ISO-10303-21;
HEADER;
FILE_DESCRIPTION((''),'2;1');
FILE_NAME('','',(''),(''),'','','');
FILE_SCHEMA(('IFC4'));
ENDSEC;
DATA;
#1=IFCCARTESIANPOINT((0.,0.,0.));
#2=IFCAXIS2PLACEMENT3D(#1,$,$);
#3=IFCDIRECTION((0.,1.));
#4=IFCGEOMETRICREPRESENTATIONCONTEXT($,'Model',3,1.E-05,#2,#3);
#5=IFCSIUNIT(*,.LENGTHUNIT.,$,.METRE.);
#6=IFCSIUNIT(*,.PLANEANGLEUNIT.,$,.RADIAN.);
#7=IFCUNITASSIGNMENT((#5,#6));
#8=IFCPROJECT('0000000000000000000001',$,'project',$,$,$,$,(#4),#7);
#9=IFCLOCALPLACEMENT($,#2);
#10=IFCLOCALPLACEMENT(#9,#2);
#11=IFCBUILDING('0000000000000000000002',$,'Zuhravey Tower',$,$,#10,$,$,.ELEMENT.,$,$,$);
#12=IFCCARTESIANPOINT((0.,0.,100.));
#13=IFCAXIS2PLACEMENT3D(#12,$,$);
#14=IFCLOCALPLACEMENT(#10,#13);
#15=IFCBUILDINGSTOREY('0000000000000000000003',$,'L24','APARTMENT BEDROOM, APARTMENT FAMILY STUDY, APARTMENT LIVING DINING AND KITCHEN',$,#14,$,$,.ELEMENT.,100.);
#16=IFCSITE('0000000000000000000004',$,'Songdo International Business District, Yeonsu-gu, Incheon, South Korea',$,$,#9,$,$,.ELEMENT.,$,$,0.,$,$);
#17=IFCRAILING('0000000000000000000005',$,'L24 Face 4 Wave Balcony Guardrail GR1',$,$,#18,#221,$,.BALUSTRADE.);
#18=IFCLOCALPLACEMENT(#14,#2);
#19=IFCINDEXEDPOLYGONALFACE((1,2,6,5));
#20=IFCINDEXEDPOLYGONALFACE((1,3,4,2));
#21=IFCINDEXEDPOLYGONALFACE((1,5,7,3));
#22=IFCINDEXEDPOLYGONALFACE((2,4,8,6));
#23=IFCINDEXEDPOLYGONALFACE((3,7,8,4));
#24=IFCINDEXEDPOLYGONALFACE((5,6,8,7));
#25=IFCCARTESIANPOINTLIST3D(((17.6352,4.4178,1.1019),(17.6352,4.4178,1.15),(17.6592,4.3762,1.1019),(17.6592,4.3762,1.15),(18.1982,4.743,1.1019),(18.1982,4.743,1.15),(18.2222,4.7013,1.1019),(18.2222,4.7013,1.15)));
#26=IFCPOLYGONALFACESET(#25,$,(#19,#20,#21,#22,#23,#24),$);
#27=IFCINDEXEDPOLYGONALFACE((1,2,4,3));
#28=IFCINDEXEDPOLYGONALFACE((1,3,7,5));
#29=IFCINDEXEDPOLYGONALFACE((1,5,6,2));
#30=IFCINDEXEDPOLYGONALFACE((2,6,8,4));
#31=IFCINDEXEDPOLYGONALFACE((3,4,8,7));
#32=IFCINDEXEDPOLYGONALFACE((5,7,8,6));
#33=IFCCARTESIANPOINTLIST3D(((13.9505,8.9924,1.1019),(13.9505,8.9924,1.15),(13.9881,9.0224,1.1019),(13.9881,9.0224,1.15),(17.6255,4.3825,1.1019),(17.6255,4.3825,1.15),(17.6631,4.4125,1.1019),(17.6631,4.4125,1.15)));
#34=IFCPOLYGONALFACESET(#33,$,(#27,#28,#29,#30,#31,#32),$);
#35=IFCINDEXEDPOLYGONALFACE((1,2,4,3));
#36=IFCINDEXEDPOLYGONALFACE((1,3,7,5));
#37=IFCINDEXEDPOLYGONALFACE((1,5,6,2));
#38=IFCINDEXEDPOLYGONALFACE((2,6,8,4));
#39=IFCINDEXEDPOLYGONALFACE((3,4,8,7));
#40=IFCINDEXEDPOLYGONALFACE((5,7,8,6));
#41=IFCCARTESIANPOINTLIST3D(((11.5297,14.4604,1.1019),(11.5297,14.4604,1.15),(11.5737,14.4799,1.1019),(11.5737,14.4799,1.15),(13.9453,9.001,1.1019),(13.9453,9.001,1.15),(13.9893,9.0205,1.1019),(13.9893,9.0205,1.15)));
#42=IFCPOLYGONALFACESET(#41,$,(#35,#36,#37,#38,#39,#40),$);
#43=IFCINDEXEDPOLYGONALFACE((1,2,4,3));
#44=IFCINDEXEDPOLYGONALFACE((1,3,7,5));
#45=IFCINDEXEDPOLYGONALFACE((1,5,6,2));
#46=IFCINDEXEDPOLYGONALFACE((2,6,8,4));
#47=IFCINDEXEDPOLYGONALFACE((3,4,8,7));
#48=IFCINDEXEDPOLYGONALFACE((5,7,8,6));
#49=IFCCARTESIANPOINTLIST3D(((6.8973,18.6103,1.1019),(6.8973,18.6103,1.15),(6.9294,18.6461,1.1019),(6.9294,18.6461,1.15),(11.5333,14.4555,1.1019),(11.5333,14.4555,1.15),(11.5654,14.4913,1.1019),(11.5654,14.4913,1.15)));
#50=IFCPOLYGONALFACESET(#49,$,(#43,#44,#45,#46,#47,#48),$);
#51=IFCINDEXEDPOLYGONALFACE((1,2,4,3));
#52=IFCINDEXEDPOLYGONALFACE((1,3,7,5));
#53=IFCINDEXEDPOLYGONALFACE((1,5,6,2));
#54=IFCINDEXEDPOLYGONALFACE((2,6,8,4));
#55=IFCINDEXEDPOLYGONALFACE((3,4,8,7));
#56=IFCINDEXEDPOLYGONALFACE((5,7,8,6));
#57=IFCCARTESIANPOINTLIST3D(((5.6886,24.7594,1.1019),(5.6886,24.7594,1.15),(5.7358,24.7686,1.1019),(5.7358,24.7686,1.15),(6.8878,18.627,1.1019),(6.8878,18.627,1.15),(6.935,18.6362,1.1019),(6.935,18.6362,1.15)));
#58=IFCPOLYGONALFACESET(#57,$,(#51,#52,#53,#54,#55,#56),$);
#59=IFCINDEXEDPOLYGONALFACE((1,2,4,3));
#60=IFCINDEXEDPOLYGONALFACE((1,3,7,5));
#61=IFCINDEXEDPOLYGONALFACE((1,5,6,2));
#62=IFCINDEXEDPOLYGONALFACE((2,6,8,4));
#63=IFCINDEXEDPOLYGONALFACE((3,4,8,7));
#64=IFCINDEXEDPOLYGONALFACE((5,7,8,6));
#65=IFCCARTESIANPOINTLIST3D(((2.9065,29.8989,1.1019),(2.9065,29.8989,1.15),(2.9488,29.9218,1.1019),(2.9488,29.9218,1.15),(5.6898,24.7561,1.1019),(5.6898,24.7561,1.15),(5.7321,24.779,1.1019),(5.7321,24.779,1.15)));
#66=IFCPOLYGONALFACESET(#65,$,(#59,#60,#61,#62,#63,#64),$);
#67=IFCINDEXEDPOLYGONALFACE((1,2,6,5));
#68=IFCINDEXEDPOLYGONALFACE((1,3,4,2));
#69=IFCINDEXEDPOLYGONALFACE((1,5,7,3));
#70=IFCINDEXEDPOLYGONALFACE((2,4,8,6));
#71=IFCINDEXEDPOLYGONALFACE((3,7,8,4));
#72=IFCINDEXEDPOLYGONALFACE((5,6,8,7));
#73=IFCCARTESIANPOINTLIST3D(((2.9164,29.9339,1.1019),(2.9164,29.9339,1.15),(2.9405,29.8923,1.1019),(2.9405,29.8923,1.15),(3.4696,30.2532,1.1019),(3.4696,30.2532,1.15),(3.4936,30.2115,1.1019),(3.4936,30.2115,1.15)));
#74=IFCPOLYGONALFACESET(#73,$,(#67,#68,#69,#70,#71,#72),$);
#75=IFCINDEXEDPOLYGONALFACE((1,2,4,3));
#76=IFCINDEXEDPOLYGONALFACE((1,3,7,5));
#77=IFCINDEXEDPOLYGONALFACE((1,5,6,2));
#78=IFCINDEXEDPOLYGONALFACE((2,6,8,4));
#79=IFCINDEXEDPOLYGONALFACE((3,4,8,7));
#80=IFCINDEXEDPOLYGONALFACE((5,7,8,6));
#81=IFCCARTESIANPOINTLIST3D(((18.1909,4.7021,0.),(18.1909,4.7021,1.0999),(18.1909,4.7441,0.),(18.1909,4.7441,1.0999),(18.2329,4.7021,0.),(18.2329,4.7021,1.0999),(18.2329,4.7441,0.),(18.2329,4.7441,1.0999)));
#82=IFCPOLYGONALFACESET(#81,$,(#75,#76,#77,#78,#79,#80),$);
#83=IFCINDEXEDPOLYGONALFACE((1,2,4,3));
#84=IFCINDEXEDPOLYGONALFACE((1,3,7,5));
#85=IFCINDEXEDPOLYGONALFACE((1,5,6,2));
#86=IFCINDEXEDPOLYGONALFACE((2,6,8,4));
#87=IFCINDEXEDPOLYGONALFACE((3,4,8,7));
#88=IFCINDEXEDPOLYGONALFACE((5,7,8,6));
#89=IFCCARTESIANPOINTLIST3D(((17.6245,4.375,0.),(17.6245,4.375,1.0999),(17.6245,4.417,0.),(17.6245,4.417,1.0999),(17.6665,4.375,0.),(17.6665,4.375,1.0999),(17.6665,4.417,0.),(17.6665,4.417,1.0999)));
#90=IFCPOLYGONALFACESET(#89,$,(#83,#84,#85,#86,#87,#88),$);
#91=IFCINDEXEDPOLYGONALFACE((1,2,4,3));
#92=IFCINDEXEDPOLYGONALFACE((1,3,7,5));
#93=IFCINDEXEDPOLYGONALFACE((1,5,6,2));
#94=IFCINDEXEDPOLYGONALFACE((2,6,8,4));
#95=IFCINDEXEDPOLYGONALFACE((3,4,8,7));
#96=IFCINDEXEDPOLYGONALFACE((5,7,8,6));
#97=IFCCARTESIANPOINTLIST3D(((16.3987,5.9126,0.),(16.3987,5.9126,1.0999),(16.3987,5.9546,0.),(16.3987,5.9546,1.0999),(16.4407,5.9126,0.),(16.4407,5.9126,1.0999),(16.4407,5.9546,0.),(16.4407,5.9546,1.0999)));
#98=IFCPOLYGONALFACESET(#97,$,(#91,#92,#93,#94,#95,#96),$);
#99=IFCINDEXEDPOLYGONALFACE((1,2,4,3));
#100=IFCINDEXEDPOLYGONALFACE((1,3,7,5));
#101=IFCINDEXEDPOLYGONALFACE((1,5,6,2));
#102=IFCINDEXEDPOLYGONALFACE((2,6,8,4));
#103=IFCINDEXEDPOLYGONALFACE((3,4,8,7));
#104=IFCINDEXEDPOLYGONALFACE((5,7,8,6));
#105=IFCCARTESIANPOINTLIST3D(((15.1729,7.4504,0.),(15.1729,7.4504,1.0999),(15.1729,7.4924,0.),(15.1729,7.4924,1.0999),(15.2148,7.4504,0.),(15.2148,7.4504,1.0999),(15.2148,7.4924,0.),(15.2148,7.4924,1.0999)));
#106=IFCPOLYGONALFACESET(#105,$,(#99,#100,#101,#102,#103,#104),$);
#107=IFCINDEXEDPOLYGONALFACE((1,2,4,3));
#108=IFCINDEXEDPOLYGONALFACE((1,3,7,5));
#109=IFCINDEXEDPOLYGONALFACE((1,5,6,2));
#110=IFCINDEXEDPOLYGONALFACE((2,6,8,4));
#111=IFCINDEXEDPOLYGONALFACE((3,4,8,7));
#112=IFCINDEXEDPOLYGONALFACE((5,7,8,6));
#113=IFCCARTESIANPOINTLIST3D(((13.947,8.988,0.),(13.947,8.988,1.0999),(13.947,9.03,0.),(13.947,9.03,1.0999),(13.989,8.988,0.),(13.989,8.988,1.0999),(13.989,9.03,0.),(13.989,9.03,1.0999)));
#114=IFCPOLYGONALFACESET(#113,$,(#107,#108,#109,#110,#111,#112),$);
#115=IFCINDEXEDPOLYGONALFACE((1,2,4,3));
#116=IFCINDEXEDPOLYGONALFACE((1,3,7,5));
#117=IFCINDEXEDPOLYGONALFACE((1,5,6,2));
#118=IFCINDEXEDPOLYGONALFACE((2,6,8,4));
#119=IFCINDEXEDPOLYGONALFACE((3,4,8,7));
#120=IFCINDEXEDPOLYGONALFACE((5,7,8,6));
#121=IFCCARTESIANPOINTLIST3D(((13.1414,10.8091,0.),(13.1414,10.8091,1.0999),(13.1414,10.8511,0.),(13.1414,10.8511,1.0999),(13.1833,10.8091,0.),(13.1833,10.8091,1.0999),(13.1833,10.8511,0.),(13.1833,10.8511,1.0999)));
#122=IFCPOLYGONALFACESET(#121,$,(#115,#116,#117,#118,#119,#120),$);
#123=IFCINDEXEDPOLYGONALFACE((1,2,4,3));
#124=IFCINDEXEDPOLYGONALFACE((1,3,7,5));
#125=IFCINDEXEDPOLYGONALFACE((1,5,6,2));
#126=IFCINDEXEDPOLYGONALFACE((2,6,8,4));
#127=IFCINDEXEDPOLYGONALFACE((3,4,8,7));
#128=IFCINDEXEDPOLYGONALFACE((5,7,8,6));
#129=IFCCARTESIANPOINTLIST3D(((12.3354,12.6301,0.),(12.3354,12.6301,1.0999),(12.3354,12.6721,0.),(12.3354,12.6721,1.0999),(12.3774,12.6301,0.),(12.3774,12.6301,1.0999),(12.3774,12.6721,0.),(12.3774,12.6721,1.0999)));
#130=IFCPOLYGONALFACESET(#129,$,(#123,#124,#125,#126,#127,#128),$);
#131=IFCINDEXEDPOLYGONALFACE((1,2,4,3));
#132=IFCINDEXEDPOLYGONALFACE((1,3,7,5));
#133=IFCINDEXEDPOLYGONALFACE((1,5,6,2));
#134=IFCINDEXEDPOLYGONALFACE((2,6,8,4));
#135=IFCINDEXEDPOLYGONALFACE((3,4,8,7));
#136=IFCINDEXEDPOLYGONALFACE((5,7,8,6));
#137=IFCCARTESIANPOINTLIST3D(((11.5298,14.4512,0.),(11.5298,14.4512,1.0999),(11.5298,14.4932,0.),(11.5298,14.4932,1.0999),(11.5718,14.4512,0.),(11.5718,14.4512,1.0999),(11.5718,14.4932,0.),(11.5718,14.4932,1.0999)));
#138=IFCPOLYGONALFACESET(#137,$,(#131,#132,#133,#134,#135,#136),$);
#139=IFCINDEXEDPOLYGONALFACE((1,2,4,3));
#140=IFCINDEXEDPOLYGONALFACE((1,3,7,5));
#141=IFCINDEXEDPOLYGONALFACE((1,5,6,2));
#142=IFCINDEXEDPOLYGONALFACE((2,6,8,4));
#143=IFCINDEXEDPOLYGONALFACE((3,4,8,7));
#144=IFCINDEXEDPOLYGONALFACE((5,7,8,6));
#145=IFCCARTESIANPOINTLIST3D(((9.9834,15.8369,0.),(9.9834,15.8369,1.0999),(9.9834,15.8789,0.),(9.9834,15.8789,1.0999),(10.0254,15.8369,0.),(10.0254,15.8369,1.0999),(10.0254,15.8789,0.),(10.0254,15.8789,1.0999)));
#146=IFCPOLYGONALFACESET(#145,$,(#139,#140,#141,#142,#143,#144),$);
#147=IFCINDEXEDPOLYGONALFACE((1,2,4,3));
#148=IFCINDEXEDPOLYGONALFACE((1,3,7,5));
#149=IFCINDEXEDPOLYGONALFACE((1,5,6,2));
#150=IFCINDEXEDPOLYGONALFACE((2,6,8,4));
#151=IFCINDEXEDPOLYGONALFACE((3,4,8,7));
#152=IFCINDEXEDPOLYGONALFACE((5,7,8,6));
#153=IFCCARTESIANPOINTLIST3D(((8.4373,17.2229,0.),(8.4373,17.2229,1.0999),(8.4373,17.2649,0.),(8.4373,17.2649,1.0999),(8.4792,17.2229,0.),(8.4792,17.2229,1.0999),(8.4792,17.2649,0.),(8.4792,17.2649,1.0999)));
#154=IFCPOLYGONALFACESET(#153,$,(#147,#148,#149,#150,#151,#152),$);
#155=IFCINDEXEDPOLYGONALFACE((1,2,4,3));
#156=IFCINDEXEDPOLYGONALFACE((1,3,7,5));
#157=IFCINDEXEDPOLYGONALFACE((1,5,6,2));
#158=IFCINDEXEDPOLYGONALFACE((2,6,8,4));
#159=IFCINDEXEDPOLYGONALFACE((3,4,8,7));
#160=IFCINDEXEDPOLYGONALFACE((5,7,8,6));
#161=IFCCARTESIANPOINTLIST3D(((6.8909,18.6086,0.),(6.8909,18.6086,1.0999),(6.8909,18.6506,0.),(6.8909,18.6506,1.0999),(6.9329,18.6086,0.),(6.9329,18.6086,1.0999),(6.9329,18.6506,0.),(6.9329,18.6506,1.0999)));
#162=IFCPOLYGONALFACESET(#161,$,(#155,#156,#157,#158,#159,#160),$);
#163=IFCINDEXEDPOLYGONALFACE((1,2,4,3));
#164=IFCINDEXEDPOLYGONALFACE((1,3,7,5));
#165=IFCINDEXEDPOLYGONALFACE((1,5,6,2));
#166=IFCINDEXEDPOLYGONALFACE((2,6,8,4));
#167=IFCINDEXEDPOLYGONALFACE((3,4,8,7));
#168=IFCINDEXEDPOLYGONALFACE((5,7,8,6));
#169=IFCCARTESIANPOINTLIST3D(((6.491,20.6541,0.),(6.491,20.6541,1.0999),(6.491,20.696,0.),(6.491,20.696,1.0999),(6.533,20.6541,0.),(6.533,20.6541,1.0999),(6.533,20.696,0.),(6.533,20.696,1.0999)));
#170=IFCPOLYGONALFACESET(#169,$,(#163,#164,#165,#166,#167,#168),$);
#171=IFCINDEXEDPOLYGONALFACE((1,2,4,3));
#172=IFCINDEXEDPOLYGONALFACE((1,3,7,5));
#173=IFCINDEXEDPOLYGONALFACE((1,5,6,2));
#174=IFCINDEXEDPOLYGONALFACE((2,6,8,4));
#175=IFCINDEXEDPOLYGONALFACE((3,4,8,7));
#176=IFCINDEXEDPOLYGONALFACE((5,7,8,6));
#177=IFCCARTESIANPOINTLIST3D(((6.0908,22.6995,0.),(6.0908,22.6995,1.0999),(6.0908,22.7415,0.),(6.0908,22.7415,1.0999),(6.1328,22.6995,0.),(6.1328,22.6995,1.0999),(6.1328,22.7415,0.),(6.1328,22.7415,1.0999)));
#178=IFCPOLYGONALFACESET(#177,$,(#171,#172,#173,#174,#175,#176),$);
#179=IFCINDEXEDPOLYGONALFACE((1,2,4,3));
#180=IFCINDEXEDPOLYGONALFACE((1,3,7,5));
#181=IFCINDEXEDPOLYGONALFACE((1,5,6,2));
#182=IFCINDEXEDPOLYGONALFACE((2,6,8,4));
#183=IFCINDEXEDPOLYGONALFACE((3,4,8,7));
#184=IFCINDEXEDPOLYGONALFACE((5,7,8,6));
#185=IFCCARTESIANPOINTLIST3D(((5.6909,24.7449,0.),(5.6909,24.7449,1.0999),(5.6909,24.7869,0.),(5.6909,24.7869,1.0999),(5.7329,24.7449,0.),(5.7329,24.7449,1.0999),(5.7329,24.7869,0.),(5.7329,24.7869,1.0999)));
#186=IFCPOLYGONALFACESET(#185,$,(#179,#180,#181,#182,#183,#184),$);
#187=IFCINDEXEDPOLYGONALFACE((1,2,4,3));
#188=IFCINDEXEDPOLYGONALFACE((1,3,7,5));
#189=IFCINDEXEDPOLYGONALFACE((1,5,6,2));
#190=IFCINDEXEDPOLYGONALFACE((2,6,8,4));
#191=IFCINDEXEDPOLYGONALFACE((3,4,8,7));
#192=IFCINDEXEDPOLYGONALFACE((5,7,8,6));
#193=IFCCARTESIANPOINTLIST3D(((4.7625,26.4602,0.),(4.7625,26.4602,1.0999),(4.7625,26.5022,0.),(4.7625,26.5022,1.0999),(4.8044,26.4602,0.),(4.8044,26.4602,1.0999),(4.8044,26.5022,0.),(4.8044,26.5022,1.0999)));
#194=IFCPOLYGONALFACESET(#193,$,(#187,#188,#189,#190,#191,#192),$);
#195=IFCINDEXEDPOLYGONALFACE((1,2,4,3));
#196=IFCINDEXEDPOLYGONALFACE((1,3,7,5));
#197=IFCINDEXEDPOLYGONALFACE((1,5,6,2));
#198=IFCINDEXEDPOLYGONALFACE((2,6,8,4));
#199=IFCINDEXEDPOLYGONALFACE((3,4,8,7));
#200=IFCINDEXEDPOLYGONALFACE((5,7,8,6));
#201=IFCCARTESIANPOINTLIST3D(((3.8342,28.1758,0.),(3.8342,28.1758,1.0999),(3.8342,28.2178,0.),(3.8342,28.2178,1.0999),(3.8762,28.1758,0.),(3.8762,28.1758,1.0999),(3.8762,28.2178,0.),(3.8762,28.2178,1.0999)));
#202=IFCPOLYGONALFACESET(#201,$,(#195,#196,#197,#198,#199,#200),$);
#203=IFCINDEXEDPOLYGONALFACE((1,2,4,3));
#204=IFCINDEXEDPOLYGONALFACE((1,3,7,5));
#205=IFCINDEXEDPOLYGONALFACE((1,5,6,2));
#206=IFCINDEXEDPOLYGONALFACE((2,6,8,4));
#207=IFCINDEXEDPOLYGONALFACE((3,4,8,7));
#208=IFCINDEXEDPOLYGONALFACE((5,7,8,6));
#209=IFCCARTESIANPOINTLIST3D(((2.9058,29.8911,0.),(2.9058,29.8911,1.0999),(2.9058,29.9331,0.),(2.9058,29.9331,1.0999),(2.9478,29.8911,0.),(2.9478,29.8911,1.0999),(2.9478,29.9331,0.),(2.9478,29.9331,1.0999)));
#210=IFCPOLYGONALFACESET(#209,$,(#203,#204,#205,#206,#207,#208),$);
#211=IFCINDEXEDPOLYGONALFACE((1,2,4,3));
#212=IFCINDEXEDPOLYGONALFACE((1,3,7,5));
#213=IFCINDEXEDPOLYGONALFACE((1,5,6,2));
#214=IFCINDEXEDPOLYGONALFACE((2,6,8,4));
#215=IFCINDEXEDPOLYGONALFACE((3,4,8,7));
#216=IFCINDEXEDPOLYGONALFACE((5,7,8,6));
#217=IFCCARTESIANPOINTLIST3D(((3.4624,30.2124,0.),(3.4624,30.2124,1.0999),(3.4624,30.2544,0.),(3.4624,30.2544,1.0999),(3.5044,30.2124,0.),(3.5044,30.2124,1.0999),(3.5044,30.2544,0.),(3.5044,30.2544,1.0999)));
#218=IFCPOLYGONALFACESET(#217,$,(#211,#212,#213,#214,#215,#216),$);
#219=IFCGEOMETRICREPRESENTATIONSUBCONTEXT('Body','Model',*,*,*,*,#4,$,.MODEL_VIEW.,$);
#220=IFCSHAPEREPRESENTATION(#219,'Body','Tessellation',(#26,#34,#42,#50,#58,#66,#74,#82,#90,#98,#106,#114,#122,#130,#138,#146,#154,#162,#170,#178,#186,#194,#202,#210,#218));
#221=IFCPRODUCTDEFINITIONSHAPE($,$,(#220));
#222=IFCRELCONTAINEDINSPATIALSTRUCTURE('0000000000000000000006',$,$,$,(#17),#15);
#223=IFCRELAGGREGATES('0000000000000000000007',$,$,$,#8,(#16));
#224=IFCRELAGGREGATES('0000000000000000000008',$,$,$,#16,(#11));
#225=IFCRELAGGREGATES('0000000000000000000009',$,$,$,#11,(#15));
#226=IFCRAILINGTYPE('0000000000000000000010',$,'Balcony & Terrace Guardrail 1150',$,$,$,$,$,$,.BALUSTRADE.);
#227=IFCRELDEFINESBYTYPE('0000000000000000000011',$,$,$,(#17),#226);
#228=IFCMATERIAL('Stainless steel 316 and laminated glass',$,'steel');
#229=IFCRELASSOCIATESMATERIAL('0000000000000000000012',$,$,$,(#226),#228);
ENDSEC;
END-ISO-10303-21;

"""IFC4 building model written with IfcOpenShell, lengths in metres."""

from ifc_helpers import new_model, si_unit, direction, frame, origin, origin_2d, place, context, subcontext, project, spatial, rectangle, extrude, material, type_object, element, save


model = new_model("IFC4")

# Units and contexts
model_context = context("Model", 3, precision=1e-05, world=origin(), true_north=direction((0.0, 1.0)))
body_context = subcontext(model_context, "Body", "Model", "MODEL_VIEW")
ifc_project = project(units=[si_unit("LENGTHUNIT", "METRE"), si_unit("PLANEANGLEUNIT", "RADIAN")], contexts=[model_context])

# Site, building, storey
site_placement = place(None, origin())
site = spatial("IfcSite", under=ifc_project, at=site_placement, Name="Songdo International Business District, Yeonsu-gu, Incheon, South Korea", CompositionType="ELEMENT", RefElevation=0.0)
building_placement = place(site_placement, origin())
building = spatial("IfcBuilding", under=site, at=building_placement, Name="Zuhravey Tower", CompositionType="ELEMENT")
storey_placement = place(building_placement, frame((0.0, 0.0, 100.0)))
storey = spatial("IfcBuildingStorey", under=building, at=storey_placement, Name="L24", Description="APARTMENT BEDROOM, APARTMENT FAMILY STUDY, APARTMENT LIVING DINING AND KITCHEN", CompositionType="ELEMENT", Elevation=100.0)

# Railing
ifc_material_1 = material(Name="Stainless steel 316 and laminated glass", Category="steel")
railing_type = type_object("IfcRailingType", Name="Balcony & Terrace Guardrail 1150", PredefinedType="BALUSTRADE", material=ifc_material_1)
railing_placement = place(storey_placement, frame((18.2119, 4.7231, 0.0)))
element("IfcRailing", 1, at=railing_placement, inside=storey, type_object=railing_type, Name="L24 Face 4 Wave Balcony Guardrail GR1", PredefinedType="BALUSTRADE", context=body_context, shape_type="SweptSolid", body=[
    extrude(rectangle(XDim=0.0481, YDim=0.0481, at=origin_2d()), frame((-0.0017, -0.001, 1.126), z_axis=(-0.865937, -0.500153, 0.0), x_axis=(0.500153, -0.865937, 0.0)), (0.0, 0.0, 1.0), 0.6501),
    extrude(rectangle(XDim=0.0481, YDim=0.0481, at=origin_2d()), frame((-0.5676, -0.3257, 1.126), z_axis=(-0.623357, 0.781938, 0.0), x_axis=(-0.781938, -0.623357, 0.0)), (0.0, 0.0, 1.0), 5.8955),
    extrude(rectangle(XDim=0.0481, YDim=0.0481, at=origin_2d()), frame((-4.2446, 4.2876, 1.126), z_axis=(-0.404625, 0.914483, 0.0), x_axis=(-0.914483, -0.404625, 0.0)), (0.0, 0.0, 1.0), 5.97),
    extrude(rectangle(XDim=0.0481, YDim=0.0481, at=origin_2d()), frame((-6.6626, 9.7502, 1.126), z_axis=(-0.744694, 0.667406, 0.0), x_axis=(-0.667406, -0.744694, 0.0)), (0.0, 0.0, 1.0), 6.2253),
    extrude(rectangle(XDim=0.0481, YDim=0.0481, at=origin_2d()), frame((-11.3005, 13.9084, 1.126), z_axis=(-0.191917, 0.981411, 0.0), x_axis=(-0.981411, -0.191917, 0.0)), (0.0, 0.0, 1.0), 6.2485),
    extrude(rectangle(XDim=0.0481, YDim=0.0481, at=origin_2d()), frame((-12.501, 20.0444, 1.126), z_axis=(-0.475967, 0.879463, 0.0), x_axis=(-0.879463, -0.475967, 0.0)), (0.0, 0.0, 1.0), 5.8477),
    extrude(rectangle(XDim=0.0481, YDim=0.0481, at=origin_2d()), frame((-15.2834, 25.1899, 1.126), z_axis=(0.866084, 0.499898, 0.0), x_axis=(-0.499898, 0.866084, 0.0)), (0.0, 0.0, 1.0), 0.6387),
    extrude(rectangle(XDim=0.042, YDim=0.042, at=origin_2d()), origin(), (0.0, 0.0, 1.0), 1.0999),
    extrude(rectangle(XDim=0.042, YDim=0.042, at=origin_2d()), frame((-0.5664, -0.3271, 0.0)), (0.0, 0.0, 1.0), 1.0999),
    extrude(rectangle(XDim=0.042, YDim=0.042, at=origin_2d()), frame((-1.7922, 1.2104, 0.0)), (0.0, 0.0, 1.0), 1.0999),
    extrude(rectangle(XDim=0.042, YDim=0.042, at=origin_2d()), frame((-3.0181, 2.7483, 0.0)), (0.0, 0.0, 1.0), 1.0999),
    extrude(rectangle(XDim=0.042, YDim=0.042, at=origin_2d()), frame((-4.2439, 4.2859, 0.0)), (0.0, 0.0, 1.0), 1.0999),
    extrude(rectangle(XDim=0.042, YDim=0.042, at=origin_2d()), frame((-5.0496, 6.1069, 0.0)), (0.0, 0.0, 1.0), 1.0999),
    extrude(rectangle(XDim=0.042, YDim=0.042, at=origin_2d()), frame((-5.8555, 7.928, 0.0)), (0.0, 0.0, 1.0), 1.0999),
    extrude(rectangle(XDim=0.042, YDim=0.042, at=origin_2d()), frame((-6.6611, 9.749, 0.0)), (0.0, 0.0, 1.0), 1.0999),
    extrude(rectangle(XDim=0.042, YDim=0.042, at=origin_2d()), frame((-8.2075, 11.1348, 0.0)), (0.0, 0.0, 1.0), 1.0999),
    extrude(rectangle(XDim=0.042, YDim=0.042, at=origin_2d()), frame((-9.7537, 12.5208, 0.0)), (0.0, 0.0, 1.0), 1.0999),
    extrude(rectangle(XDim=0.042, YDim=0.042, at=origin_2d()), frame((-11.3, 13.9065, 0.0)), (0.0, 0.0, 1.0), 1.0999),
    extrude(rectangle(XDim=0.042, YDim=0.042, at=origin_2d()), frame((-11.7, 15.9519, 0.0)), (0.0, 0.0, 1.0), 1.0999),
    extrude(rectangle(XDim=0.042, YDim=0.042, at=origin_2d()), frame((-12.1001, 17.9973, 0.0)), (0.0, 0.0, 1.0), 1.0999),
    extrude(rectangle(XDim=0.042, YDim=0.042, at=origin_2d()), frame((-12.5, 20.0427, 0.0)), (0.0, 0.0, 1.0), 1.0999),
    extrude(rectangle(XDim=0.042, YDim=0.042, at=origin_2d()), frame((-13.4285, 21.7581, 0.0)), (0.0, 0.0, 1.0), 1.0999),
    extrude(rectangle(XDim=0.042, YDim=0.042, at=origin_2d()), frame((-14.3567, 23.4736, 0.0)), (0.0, 0.0, 1.0), 1.0999),
    extrude(rectangle(XDim=0.042, YDim=0.042, at=origin_2d()), frame((-15.2852, 25.189, 0.0)), (0.0, 0.0, 1.0), 1.0999),
    extrude(rectangle(XDim=0.042, YDim=0.042, at=origin_2d()), frame((-14.7285, 25.5103, 0.0)), (0.0, 0.0, 1.0), 1.0999),
])

save(model, "model.ifc")
